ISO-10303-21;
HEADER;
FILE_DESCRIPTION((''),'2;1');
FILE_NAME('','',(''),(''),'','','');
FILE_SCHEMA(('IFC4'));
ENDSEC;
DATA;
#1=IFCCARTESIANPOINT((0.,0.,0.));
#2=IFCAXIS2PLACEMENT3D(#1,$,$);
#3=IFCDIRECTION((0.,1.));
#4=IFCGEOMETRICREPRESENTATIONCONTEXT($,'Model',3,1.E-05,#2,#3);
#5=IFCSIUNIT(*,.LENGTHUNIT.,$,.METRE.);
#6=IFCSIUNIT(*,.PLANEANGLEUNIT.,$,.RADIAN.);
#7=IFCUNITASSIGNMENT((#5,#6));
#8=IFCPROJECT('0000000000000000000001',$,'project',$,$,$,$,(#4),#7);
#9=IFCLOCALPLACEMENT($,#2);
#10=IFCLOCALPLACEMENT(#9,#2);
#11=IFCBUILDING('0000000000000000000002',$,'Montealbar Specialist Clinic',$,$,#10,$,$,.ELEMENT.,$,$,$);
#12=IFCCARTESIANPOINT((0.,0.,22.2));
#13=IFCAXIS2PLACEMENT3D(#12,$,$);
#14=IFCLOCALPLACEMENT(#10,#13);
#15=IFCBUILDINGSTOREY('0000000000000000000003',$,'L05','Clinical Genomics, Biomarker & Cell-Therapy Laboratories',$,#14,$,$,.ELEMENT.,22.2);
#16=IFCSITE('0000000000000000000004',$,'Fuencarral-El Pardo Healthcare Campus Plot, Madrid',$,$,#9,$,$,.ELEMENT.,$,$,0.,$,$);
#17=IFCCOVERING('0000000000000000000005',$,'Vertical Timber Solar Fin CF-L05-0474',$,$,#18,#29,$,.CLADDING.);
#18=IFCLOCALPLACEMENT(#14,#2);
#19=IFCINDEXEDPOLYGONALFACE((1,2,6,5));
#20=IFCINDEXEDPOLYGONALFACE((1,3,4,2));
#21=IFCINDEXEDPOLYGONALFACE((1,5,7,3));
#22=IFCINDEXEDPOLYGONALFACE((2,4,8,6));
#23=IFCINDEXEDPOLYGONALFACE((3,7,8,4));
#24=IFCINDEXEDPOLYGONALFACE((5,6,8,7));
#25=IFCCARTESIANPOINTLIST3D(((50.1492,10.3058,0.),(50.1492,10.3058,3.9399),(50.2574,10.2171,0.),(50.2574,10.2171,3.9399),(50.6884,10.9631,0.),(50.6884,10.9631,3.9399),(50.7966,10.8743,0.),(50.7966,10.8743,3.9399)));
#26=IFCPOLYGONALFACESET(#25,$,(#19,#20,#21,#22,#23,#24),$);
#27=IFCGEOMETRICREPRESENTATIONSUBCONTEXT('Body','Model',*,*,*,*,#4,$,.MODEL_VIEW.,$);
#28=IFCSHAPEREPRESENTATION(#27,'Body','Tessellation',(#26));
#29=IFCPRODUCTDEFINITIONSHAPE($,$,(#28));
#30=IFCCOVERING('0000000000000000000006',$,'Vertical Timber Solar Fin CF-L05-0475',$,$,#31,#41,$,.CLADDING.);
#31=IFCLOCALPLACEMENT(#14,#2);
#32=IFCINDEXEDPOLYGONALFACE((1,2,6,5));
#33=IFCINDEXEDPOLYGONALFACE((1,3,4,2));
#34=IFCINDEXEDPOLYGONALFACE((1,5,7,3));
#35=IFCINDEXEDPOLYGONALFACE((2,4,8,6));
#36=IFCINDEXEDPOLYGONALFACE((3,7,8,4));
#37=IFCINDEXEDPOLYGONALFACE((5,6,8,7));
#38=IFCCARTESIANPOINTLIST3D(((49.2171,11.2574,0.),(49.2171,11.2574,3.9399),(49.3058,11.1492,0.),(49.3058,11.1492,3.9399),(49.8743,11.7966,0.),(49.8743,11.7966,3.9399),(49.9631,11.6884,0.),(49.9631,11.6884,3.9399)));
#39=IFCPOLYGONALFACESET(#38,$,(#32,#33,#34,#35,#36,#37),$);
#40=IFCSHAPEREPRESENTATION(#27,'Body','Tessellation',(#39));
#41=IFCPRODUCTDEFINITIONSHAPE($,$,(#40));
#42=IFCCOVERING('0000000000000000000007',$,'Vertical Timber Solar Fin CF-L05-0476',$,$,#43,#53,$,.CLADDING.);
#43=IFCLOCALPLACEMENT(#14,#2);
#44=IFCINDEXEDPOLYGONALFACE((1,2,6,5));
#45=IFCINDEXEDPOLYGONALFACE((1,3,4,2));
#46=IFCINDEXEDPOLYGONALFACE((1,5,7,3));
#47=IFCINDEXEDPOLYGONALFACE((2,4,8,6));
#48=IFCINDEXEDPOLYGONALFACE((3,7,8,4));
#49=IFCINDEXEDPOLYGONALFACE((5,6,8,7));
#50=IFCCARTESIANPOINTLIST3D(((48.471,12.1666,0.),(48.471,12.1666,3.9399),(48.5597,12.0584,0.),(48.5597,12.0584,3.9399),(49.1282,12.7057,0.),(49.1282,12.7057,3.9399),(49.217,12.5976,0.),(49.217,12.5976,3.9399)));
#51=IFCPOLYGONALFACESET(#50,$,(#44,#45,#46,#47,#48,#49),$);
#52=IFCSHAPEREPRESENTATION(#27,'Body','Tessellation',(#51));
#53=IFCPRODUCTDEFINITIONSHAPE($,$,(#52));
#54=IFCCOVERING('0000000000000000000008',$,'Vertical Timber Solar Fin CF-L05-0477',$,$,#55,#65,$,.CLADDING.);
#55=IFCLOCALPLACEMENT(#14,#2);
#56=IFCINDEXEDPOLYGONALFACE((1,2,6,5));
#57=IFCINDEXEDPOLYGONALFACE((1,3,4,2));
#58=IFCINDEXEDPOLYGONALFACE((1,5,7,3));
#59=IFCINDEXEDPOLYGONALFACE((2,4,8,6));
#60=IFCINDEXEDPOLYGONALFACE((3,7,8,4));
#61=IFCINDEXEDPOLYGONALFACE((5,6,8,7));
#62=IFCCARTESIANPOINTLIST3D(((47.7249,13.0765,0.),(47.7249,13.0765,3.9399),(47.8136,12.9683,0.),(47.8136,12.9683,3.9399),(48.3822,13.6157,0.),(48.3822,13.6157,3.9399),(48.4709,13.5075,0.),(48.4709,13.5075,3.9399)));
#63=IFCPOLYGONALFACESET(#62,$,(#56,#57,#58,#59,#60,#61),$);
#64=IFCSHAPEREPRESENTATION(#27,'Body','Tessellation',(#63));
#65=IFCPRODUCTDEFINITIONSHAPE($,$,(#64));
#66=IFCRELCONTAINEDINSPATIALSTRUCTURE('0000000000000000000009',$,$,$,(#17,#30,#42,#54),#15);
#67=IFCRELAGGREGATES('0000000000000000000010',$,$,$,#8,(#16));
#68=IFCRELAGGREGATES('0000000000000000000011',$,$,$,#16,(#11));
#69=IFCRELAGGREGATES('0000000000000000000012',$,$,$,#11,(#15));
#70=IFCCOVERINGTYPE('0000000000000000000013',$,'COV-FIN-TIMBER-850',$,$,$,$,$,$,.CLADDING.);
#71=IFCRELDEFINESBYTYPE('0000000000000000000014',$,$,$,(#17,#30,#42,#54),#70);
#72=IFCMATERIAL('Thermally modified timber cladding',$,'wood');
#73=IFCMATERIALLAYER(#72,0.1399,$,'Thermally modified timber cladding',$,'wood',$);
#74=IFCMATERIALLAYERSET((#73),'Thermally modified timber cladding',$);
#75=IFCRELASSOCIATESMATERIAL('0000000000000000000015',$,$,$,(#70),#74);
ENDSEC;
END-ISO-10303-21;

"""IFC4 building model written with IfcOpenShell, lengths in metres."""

from ifc_helpers import new_model, si_unit, direction, frame, origin, origin_2d, place, context, subcontext, project, spatial, rectangle, extrude, material, layer, layer_set, type_object, element, save


model = new_model("IFC4")

# Units and contexts
model_context = context("Model", 3, precision=1e-05, world=origin(), true_north=direction((0.0, 1.0)))
body_context = subcontext(model_context, "Body", "Model", "MODEL_VIEW")
ifc_project = project(units=[si_unit("LENGTHUNIT", "METRE"), si_unit("PLANEANGLEUNIT", "RADIAN")], contexts=[model_context])

# Site, building, storey
site_placement = place(None, origin())
site = spatial("IfcSite", under=ifc_project, at=site_placement, Name="Fuencarral-El Pardo Healthcare Campus Plot, Madrid", CompositionType="ELEMENT", RefElevation=0.0)
building_placement = place(site_placement, origin())
building = spatial("IfcBuilding", under=site, at=building_placement, Name="Montealbar Specialist Clinic", CompositionType="ELEMENT")
storey_placement = place(building_placement, frame((0.0, 0.0, 22.2)))
storey = spatial("IfcBuildingStorey", under=building, at=storey_placement, Name="L05", Description="Clinical Genomics, Biomarker & Cell-Therapy Laboratories", CompositionType="ELEMENT", Elevation=22.2)

# Coverings
ifc_material_1 = material(Name="Thermally modified timber cladding", Category="wood")
ifc_layer_1 = layer(ifc_material_1, 0.1399, Name="Thermally modified timber cladding", Category="wood")
ifc_layer_set_1 = layer_set([ifc_layer_1], Name="Thermally modified timber cladding")
covering_type = type_object("IfcCoveringType", Name="COV-FIN-TIMBER-850", PredefinedType="CLADDING", material=ifc_layer_set_1)
for number, where, z_axis, x_axis, name in (
    (1, (50.4729, 10.5901, 0.0), (0.0, 0.0, 1.0), (-0.634256, -0.773123, 0.0), "Vertical Timber Solar Fin CF-L05-0474"),
    (2, (49.5901, 11.4729, 0.0), (0.0, 0.0, 1.0), (-0.773123, -0.634256, 0.0), "Vertical Timber Solar Fin CF-L05-0475"),
    (3, (48.844, 12.3821, 0.0), (0.0, 0.0, 1.0), (-0.773123, -0.634256, 0.0), "Vertical Timber Solar Fin CF-L05-0476"),
    (4, (48.0979, 13.292, 0.0), (0.0, 0.0, 1.0), (-0.773123, -0.634256, 0.0), "Vertical Timber Solar Fin CF-L05-0477"),
):
    element("IfcCovering", number, at=place(storey_placement, frame(where, z_axis=z_axis, x_axis=x_axis)), inside=storey, type_object=covering_type, Name=name, PredefinedType="CLADDING", context=body_context, shape_type="SweptSolid", body=[
        extrude(rectangle(XDim=0.8501, YDim=0.1399, at=origin_2d()), origin(), (0.0, 0.0, 1.0), 3.9399),
    ])

save(model, "model.ifc")
